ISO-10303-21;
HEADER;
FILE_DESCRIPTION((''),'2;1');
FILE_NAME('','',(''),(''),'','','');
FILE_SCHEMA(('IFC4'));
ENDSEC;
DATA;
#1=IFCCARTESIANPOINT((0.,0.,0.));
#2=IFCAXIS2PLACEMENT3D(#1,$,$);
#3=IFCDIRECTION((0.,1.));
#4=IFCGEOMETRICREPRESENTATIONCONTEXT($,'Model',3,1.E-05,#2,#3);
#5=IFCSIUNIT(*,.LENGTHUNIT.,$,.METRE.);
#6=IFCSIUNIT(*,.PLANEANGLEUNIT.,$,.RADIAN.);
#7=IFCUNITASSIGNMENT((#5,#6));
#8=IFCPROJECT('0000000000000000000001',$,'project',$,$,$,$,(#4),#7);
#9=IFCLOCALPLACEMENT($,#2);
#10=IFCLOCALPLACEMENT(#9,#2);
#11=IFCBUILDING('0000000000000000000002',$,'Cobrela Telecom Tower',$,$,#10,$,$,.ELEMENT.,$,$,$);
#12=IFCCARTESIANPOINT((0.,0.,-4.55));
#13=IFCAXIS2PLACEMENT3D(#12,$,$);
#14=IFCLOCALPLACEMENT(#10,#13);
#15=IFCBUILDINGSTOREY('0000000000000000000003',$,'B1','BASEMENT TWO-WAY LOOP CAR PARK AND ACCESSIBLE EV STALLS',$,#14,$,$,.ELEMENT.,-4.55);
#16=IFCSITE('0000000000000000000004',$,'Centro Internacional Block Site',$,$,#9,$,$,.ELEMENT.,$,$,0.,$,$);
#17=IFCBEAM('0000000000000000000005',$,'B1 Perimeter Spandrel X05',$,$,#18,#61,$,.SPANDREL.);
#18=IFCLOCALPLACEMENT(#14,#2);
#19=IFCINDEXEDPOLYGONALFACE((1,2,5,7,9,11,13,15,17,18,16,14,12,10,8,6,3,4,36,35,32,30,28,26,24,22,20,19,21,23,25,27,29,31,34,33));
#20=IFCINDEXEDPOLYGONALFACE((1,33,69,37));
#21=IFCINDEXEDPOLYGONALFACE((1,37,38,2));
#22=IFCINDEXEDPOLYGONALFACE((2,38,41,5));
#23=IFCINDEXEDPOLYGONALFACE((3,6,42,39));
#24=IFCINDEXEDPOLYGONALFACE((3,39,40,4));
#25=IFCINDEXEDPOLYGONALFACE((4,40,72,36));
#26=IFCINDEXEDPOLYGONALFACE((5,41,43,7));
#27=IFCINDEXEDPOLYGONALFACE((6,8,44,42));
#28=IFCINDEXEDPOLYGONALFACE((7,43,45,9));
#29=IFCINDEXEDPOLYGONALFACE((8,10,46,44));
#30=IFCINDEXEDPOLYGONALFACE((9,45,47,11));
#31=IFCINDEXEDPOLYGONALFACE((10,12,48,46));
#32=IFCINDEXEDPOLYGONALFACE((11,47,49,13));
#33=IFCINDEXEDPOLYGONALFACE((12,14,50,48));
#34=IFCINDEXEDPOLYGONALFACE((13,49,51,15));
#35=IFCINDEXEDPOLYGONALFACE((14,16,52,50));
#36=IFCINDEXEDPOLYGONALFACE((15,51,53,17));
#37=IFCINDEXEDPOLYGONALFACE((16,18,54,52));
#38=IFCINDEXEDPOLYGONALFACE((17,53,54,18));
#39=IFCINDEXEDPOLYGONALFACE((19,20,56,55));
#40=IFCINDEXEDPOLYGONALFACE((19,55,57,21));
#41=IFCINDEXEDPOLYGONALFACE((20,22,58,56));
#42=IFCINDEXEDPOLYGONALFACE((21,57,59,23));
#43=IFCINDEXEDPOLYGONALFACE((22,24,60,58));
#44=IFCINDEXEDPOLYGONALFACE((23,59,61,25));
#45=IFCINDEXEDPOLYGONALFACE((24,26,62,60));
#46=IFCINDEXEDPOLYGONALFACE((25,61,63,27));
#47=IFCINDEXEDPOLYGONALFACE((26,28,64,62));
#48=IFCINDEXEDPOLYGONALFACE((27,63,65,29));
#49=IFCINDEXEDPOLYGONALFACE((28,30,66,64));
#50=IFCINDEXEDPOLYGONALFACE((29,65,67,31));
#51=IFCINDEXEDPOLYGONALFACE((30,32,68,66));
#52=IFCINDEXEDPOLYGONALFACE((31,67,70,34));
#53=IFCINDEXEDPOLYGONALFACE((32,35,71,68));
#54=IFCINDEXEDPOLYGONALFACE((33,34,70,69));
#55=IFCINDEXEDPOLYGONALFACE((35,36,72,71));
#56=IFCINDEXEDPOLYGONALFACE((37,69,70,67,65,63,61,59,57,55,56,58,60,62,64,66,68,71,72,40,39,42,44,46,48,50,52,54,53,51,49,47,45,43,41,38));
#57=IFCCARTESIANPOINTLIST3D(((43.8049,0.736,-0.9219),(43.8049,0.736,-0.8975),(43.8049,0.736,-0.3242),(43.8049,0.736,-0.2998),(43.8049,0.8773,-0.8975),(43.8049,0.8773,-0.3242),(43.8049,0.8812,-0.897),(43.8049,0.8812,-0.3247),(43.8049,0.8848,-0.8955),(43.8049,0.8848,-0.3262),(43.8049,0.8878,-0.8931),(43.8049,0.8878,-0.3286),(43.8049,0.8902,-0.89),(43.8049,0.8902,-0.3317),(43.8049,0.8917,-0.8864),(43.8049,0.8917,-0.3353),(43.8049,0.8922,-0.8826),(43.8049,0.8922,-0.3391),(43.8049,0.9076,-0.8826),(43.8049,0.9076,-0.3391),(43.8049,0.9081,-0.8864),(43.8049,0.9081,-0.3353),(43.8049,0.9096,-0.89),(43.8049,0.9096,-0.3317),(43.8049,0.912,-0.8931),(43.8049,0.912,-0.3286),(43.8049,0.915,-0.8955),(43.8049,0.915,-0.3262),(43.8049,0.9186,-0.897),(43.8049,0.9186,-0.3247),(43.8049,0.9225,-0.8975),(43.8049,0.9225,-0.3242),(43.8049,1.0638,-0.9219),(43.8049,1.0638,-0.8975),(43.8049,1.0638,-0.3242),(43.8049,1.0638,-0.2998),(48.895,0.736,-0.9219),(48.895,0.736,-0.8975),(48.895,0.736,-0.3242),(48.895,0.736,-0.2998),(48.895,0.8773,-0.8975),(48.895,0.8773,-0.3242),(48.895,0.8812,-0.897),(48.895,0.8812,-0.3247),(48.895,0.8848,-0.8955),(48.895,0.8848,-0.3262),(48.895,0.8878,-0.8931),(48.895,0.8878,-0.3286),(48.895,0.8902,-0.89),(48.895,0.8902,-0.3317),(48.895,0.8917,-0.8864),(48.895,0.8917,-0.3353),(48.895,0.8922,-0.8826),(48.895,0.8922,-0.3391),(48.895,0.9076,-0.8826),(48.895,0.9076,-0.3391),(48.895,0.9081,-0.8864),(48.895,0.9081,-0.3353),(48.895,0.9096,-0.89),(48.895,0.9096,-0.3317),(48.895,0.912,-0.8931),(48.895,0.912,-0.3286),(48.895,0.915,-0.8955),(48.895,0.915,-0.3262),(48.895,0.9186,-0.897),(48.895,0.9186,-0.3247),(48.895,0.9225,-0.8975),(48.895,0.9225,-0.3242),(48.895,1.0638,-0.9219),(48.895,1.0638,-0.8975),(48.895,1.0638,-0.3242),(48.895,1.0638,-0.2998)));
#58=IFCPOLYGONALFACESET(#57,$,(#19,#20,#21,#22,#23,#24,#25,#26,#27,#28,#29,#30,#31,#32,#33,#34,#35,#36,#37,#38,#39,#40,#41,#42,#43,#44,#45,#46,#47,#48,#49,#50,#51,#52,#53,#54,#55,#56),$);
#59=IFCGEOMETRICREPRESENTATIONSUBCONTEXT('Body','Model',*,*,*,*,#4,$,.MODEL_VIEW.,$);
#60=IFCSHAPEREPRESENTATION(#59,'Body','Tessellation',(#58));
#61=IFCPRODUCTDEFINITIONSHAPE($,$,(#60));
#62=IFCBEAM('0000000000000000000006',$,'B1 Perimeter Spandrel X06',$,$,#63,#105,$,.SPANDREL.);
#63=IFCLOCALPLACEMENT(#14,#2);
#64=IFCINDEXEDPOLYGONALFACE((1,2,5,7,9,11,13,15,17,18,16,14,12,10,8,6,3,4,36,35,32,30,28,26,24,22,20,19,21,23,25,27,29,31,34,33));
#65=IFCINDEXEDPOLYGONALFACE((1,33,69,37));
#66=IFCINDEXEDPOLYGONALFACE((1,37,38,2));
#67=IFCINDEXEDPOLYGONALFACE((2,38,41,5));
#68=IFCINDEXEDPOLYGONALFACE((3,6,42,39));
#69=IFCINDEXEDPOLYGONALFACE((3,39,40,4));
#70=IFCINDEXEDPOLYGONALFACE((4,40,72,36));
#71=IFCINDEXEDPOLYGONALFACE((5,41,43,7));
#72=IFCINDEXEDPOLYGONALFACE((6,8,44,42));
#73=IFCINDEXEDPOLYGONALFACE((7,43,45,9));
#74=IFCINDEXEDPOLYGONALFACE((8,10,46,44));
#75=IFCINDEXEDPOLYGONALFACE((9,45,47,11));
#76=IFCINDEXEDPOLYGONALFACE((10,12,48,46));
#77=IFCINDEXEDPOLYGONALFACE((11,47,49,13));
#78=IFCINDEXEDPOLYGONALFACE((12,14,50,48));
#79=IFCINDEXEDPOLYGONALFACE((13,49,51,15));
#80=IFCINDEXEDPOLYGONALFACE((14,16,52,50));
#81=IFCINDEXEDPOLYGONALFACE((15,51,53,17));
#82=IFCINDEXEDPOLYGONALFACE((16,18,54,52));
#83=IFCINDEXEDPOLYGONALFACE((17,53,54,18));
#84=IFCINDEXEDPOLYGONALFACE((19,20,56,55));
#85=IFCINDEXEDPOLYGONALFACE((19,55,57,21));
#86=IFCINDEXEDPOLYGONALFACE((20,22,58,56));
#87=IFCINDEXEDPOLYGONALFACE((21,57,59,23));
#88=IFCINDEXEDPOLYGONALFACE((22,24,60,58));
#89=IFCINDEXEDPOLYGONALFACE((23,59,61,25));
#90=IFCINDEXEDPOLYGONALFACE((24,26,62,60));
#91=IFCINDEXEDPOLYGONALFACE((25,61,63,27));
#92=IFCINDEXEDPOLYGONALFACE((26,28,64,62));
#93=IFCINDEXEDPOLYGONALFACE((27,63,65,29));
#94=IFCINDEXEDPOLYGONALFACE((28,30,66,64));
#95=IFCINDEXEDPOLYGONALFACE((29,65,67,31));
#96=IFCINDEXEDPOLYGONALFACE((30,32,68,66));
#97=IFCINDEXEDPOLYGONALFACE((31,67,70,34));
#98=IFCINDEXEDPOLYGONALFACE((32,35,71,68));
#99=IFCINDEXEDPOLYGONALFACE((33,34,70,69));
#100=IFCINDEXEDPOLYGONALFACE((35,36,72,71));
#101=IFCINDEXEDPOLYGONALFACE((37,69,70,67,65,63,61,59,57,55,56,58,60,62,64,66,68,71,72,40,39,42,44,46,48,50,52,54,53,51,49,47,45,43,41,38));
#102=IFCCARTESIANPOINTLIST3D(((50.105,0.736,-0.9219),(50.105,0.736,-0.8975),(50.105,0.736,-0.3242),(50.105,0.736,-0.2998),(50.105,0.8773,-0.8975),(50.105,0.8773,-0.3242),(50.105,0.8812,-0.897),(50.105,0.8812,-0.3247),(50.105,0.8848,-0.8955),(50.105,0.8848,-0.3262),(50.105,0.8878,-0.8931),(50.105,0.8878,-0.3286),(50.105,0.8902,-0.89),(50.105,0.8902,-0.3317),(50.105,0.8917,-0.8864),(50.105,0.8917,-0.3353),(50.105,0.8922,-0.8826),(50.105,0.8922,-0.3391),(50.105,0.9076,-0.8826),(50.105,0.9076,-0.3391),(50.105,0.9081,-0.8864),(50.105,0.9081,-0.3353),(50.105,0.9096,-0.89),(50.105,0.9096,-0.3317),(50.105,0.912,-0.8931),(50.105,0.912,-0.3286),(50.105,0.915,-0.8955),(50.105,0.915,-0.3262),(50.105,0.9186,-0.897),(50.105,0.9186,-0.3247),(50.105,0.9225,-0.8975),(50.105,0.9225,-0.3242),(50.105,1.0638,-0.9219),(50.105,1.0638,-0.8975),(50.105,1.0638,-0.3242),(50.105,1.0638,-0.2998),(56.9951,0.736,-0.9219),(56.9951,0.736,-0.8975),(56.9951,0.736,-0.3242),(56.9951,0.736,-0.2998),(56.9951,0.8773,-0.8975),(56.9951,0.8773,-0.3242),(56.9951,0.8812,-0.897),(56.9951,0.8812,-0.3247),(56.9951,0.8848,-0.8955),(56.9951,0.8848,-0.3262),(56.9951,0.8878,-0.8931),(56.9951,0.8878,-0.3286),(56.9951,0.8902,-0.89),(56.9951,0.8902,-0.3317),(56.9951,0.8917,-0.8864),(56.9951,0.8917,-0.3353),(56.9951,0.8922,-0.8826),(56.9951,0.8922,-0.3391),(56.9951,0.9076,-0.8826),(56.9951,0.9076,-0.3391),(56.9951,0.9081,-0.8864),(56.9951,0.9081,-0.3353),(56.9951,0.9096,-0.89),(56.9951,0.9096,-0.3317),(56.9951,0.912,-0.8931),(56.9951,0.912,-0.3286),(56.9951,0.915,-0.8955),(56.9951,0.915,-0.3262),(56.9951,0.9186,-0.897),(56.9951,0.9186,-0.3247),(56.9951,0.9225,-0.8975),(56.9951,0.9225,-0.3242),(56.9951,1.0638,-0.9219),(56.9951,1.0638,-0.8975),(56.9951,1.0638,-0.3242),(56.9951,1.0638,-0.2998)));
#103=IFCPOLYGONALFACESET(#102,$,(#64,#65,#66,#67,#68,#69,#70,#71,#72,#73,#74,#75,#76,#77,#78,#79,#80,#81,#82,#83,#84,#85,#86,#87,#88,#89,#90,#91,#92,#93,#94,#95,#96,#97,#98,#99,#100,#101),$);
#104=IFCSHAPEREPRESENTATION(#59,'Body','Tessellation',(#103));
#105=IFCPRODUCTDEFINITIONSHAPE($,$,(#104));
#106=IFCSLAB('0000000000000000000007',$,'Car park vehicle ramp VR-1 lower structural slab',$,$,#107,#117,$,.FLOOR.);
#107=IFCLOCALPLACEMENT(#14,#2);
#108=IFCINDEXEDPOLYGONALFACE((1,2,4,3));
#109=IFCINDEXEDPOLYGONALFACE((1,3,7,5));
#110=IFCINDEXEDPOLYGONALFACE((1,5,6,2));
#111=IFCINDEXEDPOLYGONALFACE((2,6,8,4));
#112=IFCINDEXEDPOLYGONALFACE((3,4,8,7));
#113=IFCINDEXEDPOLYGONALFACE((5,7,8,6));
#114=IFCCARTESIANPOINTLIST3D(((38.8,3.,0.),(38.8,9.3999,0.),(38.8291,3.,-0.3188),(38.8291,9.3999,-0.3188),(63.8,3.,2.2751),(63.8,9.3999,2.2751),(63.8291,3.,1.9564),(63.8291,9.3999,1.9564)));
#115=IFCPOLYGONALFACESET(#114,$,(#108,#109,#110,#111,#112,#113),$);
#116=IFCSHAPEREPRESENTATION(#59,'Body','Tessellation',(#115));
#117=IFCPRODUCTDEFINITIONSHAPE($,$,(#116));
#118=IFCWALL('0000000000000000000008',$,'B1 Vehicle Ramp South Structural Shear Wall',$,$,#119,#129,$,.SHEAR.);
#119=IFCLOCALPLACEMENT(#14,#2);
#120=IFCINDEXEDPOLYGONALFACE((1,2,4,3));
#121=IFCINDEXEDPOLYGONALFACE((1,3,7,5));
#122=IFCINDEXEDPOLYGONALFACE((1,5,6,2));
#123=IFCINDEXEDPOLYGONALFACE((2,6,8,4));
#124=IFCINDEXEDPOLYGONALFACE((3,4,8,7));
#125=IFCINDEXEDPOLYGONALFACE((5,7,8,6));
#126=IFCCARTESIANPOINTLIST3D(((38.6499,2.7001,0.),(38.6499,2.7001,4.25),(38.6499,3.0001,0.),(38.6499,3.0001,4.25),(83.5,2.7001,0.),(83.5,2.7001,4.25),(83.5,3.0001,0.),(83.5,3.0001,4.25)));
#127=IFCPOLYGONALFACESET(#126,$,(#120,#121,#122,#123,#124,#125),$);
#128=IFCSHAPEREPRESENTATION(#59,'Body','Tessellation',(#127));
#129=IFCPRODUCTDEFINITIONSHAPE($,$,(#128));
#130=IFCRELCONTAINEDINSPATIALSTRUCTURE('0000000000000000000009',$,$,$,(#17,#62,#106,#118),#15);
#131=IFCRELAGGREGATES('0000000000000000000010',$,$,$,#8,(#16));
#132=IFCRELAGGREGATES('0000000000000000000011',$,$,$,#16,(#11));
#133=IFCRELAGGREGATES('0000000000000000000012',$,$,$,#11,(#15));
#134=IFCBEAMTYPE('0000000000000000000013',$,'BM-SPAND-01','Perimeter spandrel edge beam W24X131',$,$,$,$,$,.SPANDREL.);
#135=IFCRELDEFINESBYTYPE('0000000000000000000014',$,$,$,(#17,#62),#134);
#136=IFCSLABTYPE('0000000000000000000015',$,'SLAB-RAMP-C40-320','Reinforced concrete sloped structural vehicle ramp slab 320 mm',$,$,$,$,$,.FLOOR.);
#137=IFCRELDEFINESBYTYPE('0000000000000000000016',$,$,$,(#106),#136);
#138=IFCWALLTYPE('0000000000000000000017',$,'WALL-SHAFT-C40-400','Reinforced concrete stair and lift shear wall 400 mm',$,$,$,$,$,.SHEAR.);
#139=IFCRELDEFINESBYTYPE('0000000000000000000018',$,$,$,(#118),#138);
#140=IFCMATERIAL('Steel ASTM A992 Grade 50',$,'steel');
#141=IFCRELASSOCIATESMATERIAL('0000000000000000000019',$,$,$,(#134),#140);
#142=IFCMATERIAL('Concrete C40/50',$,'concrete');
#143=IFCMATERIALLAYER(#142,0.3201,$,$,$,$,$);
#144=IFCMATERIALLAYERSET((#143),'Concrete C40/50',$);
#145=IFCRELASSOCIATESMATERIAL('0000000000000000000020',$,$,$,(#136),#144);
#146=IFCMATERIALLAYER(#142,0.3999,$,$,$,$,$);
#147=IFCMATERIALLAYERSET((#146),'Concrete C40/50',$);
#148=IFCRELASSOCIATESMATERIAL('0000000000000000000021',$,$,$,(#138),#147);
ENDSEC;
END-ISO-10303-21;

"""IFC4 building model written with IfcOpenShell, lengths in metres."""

from ifc_helpers import new_model, si_unit, direction, frame, frame_2d, origin, origin_2d, place, context, subcontext, project, spatial, polyline, rectangle, i_section, outline, extrude, material, layer, layer_set, material_profile, profile_set, type_object, element, save


model = new_model("IFC4")

# Units and contexts
model_context = context("Model", 3, precision=1e-05, world=origin(), true_north=direction((0.0, 1.0)))
body_context = subcontext(model_context, "Body", "Model", "MODEL_VIEW")
ifc_project = project(units=[si_unit("LENGTHUNIT", "METRE"), si_unit("PLANEANGLEUNIT", "RADIAN")], contexts=[model_context])

# Site, building, storey
site_placement = place(None, origin())
site = spatial("IfcSite", under=ifc_project, at=site_placement, Name="Centro Internacional Block Site", CompositionType="ELEMENT", RefElevation=0.0)
building_placement = place(site_placement, origin())
building = spatial("IfcBuilding", under=site, at=building_placement, Name="Cobrela Telecom Tower", CompositionType="ELEMENT")
storey_placement = place(building_placement, frame((0.0, 0.0, -4.55)))
storey = spatial("IfcBuildingStorey", under=building, at=storey_placement, Name="B1", Description="BASEMENT TWO-WAY LOOP CAR PARK AND ACCESSIBLE EV STALLS", CompositionType="ELEMENT", Elevation=-4.55)

# Beams
ifc_material_1 = material(Name="Steel ASTM A992 Grade 50", Category="steel")
ifc_material_profile_1 = material_profile(ifc_material_1, i_section(OverallWidth=0.3279, OverallDepth=0.6221, WebThickness=0.0154, FlangeThickness=0.0244, FilletRadius=0.0149, at=origin_2d()), Name="W24X131")
ifc_profile_set_1 = profile_set([ifc_material_profile_1], Name="Steel ASTM A992 Grade 50")
beam_type_1 = type_object("IfcBeamType", Name="BM-SPAND-01", Description="Perimeter spandrel edge beam W24X131", PredefinedType="SPANDREL", material=ifc_profile_set_1)
beam_1_placement = place(storey_placement, frame((43.8049, 0.8999, -0.6108), z_axis=(1.0, 0.0, 0.0), x_axis=(0.0, 1.0, 0.0)))
element("IfcBeam", 1, at=beam_1_placement, inside=storey, type_object=beam_type_1, Name="B1 Perimeter Spandrel X05", PredefinedType="SPANDREL", context=body_context, shape_type="SweptSolid", body=[
    extrude(i_section(OverallWidth=0.3279, OverallDepth=0.6221, WebThickness=0.0154, FlangeThickness=0.0244, FilletRadius=0.0149, at=origin_2d()), origin(), (0.0, 0.0, 1.0), 5.0901),
])
beam_2_placement = place(storey_placement, frame((50.105, 0.8999, -0.6108), z_axis=(1.0, 0.0, 0.0), x_axis=(0.0, 1.0, 0.0)))
element("IfcBeam", 2, at=beam_2_placement, inside=storey, type_object=beam_type_1, Name="B1 Perimeter Spandrel X06", PredefinedType="SPANDREL", context=body_context, shape_type="SweptSolid", body=[
    extrude(i_section(OverallWidth=0.3279, OverallDepth=0.6221, WebThickness=0.0154, FlangeThickness=0.0244, FilletRadius=0.0149, at=origin_2d()), origin(), (0.0, 0.0, 1.0), 6.8901),
])

# Slab
ifc_material_2 = material(Name="Concrete C40/50", Category="concrete")
ifc_layer_1 = layer(ifc_material_2, 0.3201)
ifc_layer_set_1 = layer_set([ifc_layer_1], Name="Concrete C40/50")
slab_type = type_object("IfcSlabType", Name="SLAB-RAMP-C40-320", Description="Reinforced concrete sloped structural vehicle ramp slab 320 mm", PredefinedType="FLOOR", material=ifc_layer_set_1)
slab_placement = place(storey_placement, frame((38.8, 3.0, 0.0), z_axis=(-0.090631, 0.0, 0.995885), x_axis=(0.995885, 0.0, 0.090631)))
element("IfcSlab", 3, at=slab_placement, inside=storey, type_object=slab_type, Name="Car park vehicle ramp VR-1 lower structural slab", PredefinedType="FLOOR", context=body_context, shape_type="SweptSolid", body=[
    extrude(outline(polyline([(0.0, 0.0), (25.1033, 0.0), (25.1033, 6.3999), (0.0, 6.3999), (0.0, 0.0)])), origin(), (0.0, 0.0, -1.0), 0.3201),
])

# Wall
ifc_layer_2 = layer(ifc_material_2, 0.3999)
ifc_layer_set_2 = layer_set([ifc_layer_2], Name="Concrete C40/50")
wall_type = type_object("IfcWallType", Name="WALL-SHAFT-C40-400", Description="Reinforced concrete stair and lift shear wall 400 mm", PredefinedType="SHEAR", material=ifc_layer_set_2)
wall_placement = place(storey_placement, frame((38.6499, 2.8501, 0.0), z_axis=(0.0, 0.0, 1.0), x_axis=(1.0, 0.0, 0.0)))
element("IfcWall", 4, at=wall_placement, inside=storey, type_object=wall_type, Name="B1 Vehicle Ramp South Structural Shear Wall", PredefinedType="SHEAR", context=body_context, shape_type="SweptSolid", body=[
    extrude(rectangle(XDim=44.8501, YDim=0.3, at=frame_2d((22.425, 0.0))), origin(), (0.0, 0.0, 1.0), 4.25),
])

save(model, "model.ifc")
